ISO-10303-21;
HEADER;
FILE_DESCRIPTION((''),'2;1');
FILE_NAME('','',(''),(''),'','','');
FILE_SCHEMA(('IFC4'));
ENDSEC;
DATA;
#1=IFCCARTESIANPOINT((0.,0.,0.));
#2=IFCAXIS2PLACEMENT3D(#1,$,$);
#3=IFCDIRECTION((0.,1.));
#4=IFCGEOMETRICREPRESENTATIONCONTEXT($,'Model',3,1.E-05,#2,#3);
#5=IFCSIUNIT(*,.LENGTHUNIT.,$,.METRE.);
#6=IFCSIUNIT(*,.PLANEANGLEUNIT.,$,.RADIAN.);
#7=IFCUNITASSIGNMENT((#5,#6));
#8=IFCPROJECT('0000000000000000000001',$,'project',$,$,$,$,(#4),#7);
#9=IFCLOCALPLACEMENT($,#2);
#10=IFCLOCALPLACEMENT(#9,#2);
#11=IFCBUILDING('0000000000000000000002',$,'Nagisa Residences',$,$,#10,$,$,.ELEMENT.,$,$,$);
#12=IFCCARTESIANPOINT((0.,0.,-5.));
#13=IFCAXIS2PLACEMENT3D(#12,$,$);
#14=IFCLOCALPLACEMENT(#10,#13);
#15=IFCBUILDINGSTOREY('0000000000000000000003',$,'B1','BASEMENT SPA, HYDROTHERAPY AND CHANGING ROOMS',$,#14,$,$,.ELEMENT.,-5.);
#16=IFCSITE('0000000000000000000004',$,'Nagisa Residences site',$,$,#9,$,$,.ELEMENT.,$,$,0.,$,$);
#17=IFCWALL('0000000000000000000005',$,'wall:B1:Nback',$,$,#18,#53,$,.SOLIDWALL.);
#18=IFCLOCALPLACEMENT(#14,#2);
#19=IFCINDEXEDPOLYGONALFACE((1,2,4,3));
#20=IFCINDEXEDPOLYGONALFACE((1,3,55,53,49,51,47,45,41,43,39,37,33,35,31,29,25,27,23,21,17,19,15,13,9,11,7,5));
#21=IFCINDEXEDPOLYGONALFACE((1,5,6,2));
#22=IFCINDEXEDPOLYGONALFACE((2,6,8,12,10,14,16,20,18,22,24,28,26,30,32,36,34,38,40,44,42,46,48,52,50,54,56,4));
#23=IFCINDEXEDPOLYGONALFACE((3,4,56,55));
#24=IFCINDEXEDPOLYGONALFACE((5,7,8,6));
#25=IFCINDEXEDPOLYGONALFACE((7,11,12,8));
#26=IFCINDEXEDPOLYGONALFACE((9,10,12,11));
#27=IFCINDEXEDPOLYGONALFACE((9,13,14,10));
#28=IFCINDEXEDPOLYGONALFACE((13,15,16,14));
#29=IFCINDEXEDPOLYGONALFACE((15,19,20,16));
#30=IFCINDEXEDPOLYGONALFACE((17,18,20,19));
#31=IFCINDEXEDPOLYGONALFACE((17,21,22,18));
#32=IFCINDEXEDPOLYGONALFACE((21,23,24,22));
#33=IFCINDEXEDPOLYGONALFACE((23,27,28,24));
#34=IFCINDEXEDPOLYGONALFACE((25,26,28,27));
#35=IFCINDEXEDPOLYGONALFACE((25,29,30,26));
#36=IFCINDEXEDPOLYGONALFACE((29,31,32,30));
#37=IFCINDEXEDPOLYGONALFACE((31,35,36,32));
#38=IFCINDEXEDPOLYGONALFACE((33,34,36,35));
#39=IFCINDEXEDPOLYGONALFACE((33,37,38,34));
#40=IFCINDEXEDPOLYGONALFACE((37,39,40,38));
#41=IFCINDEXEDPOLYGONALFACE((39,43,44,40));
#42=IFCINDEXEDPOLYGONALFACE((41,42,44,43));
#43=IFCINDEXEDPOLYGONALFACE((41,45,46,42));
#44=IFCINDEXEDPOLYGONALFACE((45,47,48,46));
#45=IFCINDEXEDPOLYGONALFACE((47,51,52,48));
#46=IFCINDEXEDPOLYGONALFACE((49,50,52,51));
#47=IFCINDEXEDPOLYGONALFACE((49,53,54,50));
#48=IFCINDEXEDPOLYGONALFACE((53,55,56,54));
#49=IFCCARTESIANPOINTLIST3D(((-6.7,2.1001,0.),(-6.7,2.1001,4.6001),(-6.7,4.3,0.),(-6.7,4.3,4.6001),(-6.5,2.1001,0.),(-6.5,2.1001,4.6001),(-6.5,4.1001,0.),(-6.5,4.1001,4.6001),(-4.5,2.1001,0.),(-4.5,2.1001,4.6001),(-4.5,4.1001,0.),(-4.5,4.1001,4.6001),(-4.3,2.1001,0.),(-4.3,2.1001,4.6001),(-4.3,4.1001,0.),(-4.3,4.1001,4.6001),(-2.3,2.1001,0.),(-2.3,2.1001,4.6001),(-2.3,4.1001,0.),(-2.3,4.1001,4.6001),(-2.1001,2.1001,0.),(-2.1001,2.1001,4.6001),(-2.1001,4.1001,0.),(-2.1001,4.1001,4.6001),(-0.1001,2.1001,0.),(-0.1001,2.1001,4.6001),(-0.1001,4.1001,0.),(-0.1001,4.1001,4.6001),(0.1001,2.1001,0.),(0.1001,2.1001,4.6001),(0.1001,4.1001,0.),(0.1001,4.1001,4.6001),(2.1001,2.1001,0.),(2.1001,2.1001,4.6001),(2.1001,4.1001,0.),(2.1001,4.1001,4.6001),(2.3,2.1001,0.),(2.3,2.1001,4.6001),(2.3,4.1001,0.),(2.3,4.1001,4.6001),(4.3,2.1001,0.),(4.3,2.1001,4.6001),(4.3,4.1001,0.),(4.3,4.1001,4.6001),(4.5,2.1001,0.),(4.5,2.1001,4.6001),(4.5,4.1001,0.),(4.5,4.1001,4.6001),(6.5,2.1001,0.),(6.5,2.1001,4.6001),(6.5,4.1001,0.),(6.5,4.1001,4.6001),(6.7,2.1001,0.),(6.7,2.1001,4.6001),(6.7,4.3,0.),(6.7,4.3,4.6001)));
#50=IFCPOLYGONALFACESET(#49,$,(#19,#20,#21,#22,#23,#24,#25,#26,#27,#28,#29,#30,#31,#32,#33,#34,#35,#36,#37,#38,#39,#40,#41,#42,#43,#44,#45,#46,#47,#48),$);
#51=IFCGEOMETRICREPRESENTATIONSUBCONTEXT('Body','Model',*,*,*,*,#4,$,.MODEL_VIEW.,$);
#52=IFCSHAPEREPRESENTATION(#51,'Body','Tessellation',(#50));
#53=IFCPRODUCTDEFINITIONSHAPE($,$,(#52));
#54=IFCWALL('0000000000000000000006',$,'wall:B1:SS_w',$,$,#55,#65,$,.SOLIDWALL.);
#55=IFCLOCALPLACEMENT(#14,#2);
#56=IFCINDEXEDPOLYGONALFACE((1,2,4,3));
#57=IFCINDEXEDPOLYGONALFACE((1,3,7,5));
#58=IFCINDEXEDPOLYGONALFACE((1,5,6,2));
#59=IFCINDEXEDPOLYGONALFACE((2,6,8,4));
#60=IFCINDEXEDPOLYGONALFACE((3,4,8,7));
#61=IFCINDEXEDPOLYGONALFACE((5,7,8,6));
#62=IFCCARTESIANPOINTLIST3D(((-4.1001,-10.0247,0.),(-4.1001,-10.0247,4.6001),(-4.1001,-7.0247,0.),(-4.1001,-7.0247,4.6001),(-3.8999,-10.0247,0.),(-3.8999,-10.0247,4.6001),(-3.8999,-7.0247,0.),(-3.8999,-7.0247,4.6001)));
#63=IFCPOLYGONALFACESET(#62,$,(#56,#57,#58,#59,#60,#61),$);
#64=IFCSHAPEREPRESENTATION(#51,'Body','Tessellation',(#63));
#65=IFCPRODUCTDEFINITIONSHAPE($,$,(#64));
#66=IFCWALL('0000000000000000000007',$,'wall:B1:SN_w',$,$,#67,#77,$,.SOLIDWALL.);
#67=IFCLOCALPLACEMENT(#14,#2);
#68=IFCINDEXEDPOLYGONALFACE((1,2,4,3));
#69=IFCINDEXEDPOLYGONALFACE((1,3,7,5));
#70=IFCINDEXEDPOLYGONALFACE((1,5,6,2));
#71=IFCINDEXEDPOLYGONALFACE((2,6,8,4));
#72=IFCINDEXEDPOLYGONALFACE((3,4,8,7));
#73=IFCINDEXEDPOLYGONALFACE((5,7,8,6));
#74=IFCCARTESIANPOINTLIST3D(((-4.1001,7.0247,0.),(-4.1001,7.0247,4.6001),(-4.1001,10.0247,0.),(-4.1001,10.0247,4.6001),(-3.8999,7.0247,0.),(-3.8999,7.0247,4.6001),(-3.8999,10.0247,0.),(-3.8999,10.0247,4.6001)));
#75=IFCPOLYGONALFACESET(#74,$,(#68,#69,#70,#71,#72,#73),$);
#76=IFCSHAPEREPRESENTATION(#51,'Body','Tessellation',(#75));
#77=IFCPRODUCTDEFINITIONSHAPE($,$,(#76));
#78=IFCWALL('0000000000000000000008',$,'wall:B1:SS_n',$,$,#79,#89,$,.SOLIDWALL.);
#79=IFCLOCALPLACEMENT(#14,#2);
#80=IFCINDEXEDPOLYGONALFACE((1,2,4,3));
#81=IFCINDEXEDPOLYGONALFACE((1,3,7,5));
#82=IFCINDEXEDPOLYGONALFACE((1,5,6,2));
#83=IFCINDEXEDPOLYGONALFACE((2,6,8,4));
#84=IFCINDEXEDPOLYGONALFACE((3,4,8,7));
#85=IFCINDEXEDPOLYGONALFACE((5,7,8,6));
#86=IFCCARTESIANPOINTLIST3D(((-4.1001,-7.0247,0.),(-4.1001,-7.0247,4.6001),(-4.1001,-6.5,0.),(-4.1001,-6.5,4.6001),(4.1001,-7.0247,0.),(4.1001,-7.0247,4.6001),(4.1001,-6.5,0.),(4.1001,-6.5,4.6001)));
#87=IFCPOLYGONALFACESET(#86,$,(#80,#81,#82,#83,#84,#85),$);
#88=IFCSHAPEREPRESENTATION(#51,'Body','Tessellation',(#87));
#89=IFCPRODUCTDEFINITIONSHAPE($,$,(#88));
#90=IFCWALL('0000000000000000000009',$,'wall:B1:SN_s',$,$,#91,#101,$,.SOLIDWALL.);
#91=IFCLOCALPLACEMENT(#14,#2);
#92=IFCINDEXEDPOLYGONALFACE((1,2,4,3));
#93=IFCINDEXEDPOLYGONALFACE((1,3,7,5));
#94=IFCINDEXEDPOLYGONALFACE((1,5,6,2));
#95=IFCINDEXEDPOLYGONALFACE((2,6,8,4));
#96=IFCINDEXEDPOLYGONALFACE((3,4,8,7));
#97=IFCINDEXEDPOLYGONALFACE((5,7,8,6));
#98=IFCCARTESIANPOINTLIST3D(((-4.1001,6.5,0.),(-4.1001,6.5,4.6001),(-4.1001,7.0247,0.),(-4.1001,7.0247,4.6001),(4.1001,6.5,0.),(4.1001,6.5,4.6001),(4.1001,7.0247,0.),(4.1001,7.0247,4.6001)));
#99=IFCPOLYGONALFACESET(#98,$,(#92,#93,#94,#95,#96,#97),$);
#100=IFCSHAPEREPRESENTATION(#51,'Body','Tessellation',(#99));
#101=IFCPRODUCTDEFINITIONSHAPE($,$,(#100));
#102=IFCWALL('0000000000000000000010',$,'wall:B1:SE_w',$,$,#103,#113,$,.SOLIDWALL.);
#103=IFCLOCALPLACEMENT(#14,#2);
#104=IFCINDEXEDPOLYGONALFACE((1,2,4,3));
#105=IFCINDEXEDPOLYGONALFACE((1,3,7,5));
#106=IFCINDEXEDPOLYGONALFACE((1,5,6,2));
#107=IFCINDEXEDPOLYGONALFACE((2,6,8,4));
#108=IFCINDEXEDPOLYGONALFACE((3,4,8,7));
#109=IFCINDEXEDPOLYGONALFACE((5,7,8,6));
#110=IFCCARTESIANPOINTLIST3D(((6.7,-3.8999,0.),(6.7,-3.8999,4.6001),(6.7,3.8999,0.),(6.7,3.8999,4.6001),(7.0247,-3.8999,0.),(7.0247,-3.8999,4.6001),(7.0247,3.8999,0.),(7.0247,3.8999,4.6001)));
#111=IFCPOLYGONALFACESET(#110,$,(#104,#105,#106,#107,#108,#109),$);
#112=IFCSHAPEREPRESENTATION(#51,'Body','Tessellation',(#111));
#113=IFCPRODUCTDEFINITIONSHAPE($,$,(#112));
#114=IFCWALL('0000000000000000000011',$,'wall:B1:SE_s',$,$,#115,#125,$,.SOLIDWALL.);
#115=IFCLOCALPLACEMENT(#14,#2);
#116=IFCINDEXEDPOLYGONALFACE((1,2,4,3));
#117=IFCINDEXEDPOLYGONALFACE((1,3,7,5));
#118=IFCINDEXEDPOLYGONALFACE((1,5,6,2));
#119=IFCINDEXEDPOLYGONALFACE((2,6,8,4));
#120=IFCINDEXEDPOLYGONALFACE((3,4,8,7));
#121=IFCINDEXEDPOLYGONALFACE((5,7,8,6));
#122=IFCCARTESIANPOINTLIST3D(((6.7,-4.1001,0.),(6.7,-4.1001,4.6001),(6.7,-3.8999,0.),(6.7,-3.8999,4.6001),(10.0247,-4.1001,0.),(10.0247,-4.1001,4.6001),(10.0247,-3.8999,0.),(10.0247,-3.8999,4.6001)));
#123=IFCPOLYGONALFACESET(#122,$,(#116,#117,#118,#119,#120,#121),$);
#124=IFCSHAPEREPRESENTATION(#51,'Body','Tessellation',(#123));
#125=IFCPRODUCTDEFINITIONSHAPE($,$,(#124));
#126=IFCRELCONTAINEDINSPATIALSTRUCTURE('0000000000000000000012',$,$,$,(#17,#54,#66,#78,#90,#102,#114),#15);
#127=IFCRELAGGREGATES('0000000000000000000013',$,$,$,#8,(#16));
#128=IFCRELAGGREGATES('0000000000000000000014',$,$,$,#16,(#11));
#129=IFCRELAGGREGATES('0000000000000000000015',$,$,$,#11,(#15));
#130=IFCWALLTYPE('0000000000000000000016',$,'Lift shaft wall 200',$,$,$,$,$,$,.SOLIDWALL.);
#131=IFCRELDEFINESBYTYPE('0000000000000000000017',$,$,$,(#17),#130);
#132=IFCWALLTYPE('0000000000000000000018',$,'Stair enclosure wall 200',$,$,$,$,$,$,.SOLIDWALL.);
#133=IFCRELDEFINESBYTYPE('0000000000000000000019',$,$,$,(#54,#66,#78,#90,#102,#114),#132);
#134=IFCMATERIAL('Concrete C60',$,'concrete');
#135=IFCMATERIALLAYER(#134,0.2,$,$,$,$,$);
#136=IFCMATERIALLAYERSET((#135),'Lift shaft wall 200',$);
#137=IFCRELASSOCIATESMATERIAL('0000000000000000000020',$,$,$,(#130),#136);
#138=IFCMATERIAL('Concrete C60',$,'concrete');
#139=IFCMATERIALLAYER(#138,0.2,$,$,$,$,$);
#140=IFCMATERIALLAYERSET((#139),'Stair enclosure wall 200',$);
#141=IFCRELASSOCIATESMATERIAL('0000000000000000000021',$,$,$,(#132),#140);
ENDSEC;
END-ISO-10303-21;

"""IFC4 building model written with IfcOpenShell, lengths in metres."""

from ifc_helpers import new_model, si_unit, direction, frame, origin, place, context, subcontext, project, spatial, polyline, outline, extrude, material, layer, layer_set, type_object, element, save


model = new_model("IFC4")

# Units and contexts
model_context = context("Model", 3, precision=1e-05, world=origin(), true_north=direction((0.0, 1.0)))
body_context = subcontext(model_context, "Body", "Model", "MODEL_VIEW")
ifc_project = project(units=[si_unit("LENGTHUNIT", "METRE"), si_unit("PLANEANGLEUNIT", "RADIAN")], contexts=[model_context])

# Site, building, storey
site_placement = place(None, origin())
site = spatial("IfcSite", under=ifc_project, at=site_placement, Name="Nagisa Residences site", CompositionType="ELEMENT", RefElevation=0.0)
building_placement = place(site_placement, origin())
building = spatial("IfcBuilding", under=site, at=building_placement, Name="Nagisa Residences", CompositionType="ELEMENT")
storey_placement = place(building_placement, frame((0.0, 0.0, -5.0)))
storey = spatial("IfcBuildingStorey", under=building, at=storey_placement, Name="B1", Description="BASEMENT SPA, HYDROTHERAPY AND CHANGING ROOMS", CompositionType="ELEMENT", Elevation=-5.0)

# Shared definitions
ifc_material_1 = material(Name="Concrete C60", Category="concrete")
ifc_layer_1 = layer(ifc_material_1, 0.2)
ifc_layer_set_1 = layer_set([ifc_layer_1], Name="Lift shaft wall 200")
wall_type_1 = type_object("IfcWallType", Name="Lift shaft wall 200", PredefinedType="SOLIDWALL", material=ifc_layer_set_1)

# Walls
wall_1_placement = place(storey_placement, origin())
element("IfcWall", 1, at=wall_1_placement, inside=storey, type_object=wall_type_1, Name="wall:B1:Nback", PredefinedType="SOLIDWALL", context=body_context, shape_type="SweptSolid", body=[
    extrude(outline(polyline([(-6.5, 2.1001), (-6.7, 2.1001), (-6.7, 4.3), (6.7, 4.3), (6.7, 2.1001), (6.5, 2.1001), (6.5, 4.1001), (4.5, 4.1001), (4.5, 2.1001), (4.3, 2.1001), (4.3, 4.1001), (2.3, 4.1001), (2.3, 2.1001), (2.1001, 2.1001), (2.1001, 4.1001), (0.1001, 4.1001), (0.1001, 2.1001), (-0.1001, 2.1001), (-0.1001, 4.1001), (-2.1001, 4.1001), (-2.1001, 2.1001), (-2.3, 2.1001), (-2.3, 4.1001), (-4.3, 4.1001), (-4.3, 2.1001), (-4.5, 2.1001), (-4.5, 4.1001), (-6.5, 4.1001), (-6.5, 2.1001)])), origin(), (0.0, 0.0, 1.0), 4.6001),
])
ifc_material_2 = material(Name="Concrete C60", Category="concrete")
ifc_layer_2 = layer(ifc_material_2, 0.2)
ifc_layer_set_2 = layer_set([ifc_layer_2], Name="Stair enclosure wall 200")
wall_type_2 = type_object("IfcWallType", Name="Stair enclosure wall 200", PredefinedType="SOLIDWALL", material=ifc_layer_set_2)
wall_2_placement = place(storey_placement, origin())
element("IfcWall", 2, at=wall_2_placement, inside=storey, type_object=wall_type_2, Name="wall:B1:SS_w", PredefinedType="SOLIDWALL", context=body_context, shape_type="SweptSolid", body=[
    extrude(outline(polyline([(-3.8999, -10.0247), (-4.1001, -10.0247), (-4.1001, -7.0247), (-3.8999, -7.0247), (-3.8999, -10.0247)])), origin(), (0.0, 0.0, 1.0), 4.6001),
])
wall_3_placement = place(storey_placement, origin())
element("IfcWall", 3, at=wall_3_placement, inside=storey, type_object=wall_type_2, Name="wall:B1:SN_w", PredefinedType="SOLIDWALL", context=body_context, shape_type="SweptSolid", body=[
    extrude(outline(polyline([(-3.8999, 7.0247), (-4.1001, 7.0247), (-4.1001, 10.0247), (-3.8999, 10.0247), (-3.8999, 7.0247)])), origin(), (0.0, 0.0, 1.0), 4.6001),
])
wall_4_placement = place(storey_placement, origin())
element("IfcWall", 4, at=wall_4_placement, inside=storey, type_object=wall_type_2, Name="wall:B1:SS_n", PredefinedType="SOLIDWALL", context=body_context, shape_type="SweptSolid", body=[
    extrude(outline(polyline([(4.1001, -7.0247), (-4.1001, -7.0247), (-4.1001, -6.5), (4.1001, -6.5), (4.1001, -7.0247)])), origin(), (0.0, 0.0, 1.0), 4.6001),
])
wall_5_placement = place(storey_placement, origin())
element("IfcWall", 5, at=wall_5_placement, inside=storey, type_object=wall_type_2, Name="wall:B1:SN_s", PredefinedType="SOLIDWALL", context=body_context, shape_type="SweptSolid", body=[
    extrude(outline(polyline([(4.1001, 6.5), (-4.1001, 6.5), (-4.1001, 7.0247), (4.1001, 7.0247), (4.1001, 6.5)])), origin(), (0.0, 0.0, 1.0), 4.6001),
])
wall_6_placement = place(storey_placement, origin())
element("IfcWall", 6, at=wall_6_placement, inside=storey, type_object=wall_type_2, Name="wall:B1:SE_w", PredefinedType="SOLIDWALL", context=body_context, shape_type="SweptSolid", body=[
    extrude(outline(polyline([(7.0247, -3.8999), (6.7, -3.8999), (6.7, 3.8999), (7.0247, 3.8999), (7.0247, -3.8999)])), origin(), (0.0, 0.0, 1.0), 4.6001),
])
wall_7_placement = place(storey_placement, origin())
element("IfcWall", 7, at=wall_7_placement, inside=storey, type_object=wall_type_2, Name="wall:B1:SE_s", PredefinedType="SOLIDWALL", context=body_context, shape_type="SweptSolid", body=[
    extrude(outline(polyline([(10.0247, -4.1001), (6.7, -4.1001), (6.7, -3.8999), (10.0247, -3.8999), (10.0247, -4.1001)])), origin(), (0.0, 0.0, 1.0), 4.6001),
])

save(model, "model.ifc")
